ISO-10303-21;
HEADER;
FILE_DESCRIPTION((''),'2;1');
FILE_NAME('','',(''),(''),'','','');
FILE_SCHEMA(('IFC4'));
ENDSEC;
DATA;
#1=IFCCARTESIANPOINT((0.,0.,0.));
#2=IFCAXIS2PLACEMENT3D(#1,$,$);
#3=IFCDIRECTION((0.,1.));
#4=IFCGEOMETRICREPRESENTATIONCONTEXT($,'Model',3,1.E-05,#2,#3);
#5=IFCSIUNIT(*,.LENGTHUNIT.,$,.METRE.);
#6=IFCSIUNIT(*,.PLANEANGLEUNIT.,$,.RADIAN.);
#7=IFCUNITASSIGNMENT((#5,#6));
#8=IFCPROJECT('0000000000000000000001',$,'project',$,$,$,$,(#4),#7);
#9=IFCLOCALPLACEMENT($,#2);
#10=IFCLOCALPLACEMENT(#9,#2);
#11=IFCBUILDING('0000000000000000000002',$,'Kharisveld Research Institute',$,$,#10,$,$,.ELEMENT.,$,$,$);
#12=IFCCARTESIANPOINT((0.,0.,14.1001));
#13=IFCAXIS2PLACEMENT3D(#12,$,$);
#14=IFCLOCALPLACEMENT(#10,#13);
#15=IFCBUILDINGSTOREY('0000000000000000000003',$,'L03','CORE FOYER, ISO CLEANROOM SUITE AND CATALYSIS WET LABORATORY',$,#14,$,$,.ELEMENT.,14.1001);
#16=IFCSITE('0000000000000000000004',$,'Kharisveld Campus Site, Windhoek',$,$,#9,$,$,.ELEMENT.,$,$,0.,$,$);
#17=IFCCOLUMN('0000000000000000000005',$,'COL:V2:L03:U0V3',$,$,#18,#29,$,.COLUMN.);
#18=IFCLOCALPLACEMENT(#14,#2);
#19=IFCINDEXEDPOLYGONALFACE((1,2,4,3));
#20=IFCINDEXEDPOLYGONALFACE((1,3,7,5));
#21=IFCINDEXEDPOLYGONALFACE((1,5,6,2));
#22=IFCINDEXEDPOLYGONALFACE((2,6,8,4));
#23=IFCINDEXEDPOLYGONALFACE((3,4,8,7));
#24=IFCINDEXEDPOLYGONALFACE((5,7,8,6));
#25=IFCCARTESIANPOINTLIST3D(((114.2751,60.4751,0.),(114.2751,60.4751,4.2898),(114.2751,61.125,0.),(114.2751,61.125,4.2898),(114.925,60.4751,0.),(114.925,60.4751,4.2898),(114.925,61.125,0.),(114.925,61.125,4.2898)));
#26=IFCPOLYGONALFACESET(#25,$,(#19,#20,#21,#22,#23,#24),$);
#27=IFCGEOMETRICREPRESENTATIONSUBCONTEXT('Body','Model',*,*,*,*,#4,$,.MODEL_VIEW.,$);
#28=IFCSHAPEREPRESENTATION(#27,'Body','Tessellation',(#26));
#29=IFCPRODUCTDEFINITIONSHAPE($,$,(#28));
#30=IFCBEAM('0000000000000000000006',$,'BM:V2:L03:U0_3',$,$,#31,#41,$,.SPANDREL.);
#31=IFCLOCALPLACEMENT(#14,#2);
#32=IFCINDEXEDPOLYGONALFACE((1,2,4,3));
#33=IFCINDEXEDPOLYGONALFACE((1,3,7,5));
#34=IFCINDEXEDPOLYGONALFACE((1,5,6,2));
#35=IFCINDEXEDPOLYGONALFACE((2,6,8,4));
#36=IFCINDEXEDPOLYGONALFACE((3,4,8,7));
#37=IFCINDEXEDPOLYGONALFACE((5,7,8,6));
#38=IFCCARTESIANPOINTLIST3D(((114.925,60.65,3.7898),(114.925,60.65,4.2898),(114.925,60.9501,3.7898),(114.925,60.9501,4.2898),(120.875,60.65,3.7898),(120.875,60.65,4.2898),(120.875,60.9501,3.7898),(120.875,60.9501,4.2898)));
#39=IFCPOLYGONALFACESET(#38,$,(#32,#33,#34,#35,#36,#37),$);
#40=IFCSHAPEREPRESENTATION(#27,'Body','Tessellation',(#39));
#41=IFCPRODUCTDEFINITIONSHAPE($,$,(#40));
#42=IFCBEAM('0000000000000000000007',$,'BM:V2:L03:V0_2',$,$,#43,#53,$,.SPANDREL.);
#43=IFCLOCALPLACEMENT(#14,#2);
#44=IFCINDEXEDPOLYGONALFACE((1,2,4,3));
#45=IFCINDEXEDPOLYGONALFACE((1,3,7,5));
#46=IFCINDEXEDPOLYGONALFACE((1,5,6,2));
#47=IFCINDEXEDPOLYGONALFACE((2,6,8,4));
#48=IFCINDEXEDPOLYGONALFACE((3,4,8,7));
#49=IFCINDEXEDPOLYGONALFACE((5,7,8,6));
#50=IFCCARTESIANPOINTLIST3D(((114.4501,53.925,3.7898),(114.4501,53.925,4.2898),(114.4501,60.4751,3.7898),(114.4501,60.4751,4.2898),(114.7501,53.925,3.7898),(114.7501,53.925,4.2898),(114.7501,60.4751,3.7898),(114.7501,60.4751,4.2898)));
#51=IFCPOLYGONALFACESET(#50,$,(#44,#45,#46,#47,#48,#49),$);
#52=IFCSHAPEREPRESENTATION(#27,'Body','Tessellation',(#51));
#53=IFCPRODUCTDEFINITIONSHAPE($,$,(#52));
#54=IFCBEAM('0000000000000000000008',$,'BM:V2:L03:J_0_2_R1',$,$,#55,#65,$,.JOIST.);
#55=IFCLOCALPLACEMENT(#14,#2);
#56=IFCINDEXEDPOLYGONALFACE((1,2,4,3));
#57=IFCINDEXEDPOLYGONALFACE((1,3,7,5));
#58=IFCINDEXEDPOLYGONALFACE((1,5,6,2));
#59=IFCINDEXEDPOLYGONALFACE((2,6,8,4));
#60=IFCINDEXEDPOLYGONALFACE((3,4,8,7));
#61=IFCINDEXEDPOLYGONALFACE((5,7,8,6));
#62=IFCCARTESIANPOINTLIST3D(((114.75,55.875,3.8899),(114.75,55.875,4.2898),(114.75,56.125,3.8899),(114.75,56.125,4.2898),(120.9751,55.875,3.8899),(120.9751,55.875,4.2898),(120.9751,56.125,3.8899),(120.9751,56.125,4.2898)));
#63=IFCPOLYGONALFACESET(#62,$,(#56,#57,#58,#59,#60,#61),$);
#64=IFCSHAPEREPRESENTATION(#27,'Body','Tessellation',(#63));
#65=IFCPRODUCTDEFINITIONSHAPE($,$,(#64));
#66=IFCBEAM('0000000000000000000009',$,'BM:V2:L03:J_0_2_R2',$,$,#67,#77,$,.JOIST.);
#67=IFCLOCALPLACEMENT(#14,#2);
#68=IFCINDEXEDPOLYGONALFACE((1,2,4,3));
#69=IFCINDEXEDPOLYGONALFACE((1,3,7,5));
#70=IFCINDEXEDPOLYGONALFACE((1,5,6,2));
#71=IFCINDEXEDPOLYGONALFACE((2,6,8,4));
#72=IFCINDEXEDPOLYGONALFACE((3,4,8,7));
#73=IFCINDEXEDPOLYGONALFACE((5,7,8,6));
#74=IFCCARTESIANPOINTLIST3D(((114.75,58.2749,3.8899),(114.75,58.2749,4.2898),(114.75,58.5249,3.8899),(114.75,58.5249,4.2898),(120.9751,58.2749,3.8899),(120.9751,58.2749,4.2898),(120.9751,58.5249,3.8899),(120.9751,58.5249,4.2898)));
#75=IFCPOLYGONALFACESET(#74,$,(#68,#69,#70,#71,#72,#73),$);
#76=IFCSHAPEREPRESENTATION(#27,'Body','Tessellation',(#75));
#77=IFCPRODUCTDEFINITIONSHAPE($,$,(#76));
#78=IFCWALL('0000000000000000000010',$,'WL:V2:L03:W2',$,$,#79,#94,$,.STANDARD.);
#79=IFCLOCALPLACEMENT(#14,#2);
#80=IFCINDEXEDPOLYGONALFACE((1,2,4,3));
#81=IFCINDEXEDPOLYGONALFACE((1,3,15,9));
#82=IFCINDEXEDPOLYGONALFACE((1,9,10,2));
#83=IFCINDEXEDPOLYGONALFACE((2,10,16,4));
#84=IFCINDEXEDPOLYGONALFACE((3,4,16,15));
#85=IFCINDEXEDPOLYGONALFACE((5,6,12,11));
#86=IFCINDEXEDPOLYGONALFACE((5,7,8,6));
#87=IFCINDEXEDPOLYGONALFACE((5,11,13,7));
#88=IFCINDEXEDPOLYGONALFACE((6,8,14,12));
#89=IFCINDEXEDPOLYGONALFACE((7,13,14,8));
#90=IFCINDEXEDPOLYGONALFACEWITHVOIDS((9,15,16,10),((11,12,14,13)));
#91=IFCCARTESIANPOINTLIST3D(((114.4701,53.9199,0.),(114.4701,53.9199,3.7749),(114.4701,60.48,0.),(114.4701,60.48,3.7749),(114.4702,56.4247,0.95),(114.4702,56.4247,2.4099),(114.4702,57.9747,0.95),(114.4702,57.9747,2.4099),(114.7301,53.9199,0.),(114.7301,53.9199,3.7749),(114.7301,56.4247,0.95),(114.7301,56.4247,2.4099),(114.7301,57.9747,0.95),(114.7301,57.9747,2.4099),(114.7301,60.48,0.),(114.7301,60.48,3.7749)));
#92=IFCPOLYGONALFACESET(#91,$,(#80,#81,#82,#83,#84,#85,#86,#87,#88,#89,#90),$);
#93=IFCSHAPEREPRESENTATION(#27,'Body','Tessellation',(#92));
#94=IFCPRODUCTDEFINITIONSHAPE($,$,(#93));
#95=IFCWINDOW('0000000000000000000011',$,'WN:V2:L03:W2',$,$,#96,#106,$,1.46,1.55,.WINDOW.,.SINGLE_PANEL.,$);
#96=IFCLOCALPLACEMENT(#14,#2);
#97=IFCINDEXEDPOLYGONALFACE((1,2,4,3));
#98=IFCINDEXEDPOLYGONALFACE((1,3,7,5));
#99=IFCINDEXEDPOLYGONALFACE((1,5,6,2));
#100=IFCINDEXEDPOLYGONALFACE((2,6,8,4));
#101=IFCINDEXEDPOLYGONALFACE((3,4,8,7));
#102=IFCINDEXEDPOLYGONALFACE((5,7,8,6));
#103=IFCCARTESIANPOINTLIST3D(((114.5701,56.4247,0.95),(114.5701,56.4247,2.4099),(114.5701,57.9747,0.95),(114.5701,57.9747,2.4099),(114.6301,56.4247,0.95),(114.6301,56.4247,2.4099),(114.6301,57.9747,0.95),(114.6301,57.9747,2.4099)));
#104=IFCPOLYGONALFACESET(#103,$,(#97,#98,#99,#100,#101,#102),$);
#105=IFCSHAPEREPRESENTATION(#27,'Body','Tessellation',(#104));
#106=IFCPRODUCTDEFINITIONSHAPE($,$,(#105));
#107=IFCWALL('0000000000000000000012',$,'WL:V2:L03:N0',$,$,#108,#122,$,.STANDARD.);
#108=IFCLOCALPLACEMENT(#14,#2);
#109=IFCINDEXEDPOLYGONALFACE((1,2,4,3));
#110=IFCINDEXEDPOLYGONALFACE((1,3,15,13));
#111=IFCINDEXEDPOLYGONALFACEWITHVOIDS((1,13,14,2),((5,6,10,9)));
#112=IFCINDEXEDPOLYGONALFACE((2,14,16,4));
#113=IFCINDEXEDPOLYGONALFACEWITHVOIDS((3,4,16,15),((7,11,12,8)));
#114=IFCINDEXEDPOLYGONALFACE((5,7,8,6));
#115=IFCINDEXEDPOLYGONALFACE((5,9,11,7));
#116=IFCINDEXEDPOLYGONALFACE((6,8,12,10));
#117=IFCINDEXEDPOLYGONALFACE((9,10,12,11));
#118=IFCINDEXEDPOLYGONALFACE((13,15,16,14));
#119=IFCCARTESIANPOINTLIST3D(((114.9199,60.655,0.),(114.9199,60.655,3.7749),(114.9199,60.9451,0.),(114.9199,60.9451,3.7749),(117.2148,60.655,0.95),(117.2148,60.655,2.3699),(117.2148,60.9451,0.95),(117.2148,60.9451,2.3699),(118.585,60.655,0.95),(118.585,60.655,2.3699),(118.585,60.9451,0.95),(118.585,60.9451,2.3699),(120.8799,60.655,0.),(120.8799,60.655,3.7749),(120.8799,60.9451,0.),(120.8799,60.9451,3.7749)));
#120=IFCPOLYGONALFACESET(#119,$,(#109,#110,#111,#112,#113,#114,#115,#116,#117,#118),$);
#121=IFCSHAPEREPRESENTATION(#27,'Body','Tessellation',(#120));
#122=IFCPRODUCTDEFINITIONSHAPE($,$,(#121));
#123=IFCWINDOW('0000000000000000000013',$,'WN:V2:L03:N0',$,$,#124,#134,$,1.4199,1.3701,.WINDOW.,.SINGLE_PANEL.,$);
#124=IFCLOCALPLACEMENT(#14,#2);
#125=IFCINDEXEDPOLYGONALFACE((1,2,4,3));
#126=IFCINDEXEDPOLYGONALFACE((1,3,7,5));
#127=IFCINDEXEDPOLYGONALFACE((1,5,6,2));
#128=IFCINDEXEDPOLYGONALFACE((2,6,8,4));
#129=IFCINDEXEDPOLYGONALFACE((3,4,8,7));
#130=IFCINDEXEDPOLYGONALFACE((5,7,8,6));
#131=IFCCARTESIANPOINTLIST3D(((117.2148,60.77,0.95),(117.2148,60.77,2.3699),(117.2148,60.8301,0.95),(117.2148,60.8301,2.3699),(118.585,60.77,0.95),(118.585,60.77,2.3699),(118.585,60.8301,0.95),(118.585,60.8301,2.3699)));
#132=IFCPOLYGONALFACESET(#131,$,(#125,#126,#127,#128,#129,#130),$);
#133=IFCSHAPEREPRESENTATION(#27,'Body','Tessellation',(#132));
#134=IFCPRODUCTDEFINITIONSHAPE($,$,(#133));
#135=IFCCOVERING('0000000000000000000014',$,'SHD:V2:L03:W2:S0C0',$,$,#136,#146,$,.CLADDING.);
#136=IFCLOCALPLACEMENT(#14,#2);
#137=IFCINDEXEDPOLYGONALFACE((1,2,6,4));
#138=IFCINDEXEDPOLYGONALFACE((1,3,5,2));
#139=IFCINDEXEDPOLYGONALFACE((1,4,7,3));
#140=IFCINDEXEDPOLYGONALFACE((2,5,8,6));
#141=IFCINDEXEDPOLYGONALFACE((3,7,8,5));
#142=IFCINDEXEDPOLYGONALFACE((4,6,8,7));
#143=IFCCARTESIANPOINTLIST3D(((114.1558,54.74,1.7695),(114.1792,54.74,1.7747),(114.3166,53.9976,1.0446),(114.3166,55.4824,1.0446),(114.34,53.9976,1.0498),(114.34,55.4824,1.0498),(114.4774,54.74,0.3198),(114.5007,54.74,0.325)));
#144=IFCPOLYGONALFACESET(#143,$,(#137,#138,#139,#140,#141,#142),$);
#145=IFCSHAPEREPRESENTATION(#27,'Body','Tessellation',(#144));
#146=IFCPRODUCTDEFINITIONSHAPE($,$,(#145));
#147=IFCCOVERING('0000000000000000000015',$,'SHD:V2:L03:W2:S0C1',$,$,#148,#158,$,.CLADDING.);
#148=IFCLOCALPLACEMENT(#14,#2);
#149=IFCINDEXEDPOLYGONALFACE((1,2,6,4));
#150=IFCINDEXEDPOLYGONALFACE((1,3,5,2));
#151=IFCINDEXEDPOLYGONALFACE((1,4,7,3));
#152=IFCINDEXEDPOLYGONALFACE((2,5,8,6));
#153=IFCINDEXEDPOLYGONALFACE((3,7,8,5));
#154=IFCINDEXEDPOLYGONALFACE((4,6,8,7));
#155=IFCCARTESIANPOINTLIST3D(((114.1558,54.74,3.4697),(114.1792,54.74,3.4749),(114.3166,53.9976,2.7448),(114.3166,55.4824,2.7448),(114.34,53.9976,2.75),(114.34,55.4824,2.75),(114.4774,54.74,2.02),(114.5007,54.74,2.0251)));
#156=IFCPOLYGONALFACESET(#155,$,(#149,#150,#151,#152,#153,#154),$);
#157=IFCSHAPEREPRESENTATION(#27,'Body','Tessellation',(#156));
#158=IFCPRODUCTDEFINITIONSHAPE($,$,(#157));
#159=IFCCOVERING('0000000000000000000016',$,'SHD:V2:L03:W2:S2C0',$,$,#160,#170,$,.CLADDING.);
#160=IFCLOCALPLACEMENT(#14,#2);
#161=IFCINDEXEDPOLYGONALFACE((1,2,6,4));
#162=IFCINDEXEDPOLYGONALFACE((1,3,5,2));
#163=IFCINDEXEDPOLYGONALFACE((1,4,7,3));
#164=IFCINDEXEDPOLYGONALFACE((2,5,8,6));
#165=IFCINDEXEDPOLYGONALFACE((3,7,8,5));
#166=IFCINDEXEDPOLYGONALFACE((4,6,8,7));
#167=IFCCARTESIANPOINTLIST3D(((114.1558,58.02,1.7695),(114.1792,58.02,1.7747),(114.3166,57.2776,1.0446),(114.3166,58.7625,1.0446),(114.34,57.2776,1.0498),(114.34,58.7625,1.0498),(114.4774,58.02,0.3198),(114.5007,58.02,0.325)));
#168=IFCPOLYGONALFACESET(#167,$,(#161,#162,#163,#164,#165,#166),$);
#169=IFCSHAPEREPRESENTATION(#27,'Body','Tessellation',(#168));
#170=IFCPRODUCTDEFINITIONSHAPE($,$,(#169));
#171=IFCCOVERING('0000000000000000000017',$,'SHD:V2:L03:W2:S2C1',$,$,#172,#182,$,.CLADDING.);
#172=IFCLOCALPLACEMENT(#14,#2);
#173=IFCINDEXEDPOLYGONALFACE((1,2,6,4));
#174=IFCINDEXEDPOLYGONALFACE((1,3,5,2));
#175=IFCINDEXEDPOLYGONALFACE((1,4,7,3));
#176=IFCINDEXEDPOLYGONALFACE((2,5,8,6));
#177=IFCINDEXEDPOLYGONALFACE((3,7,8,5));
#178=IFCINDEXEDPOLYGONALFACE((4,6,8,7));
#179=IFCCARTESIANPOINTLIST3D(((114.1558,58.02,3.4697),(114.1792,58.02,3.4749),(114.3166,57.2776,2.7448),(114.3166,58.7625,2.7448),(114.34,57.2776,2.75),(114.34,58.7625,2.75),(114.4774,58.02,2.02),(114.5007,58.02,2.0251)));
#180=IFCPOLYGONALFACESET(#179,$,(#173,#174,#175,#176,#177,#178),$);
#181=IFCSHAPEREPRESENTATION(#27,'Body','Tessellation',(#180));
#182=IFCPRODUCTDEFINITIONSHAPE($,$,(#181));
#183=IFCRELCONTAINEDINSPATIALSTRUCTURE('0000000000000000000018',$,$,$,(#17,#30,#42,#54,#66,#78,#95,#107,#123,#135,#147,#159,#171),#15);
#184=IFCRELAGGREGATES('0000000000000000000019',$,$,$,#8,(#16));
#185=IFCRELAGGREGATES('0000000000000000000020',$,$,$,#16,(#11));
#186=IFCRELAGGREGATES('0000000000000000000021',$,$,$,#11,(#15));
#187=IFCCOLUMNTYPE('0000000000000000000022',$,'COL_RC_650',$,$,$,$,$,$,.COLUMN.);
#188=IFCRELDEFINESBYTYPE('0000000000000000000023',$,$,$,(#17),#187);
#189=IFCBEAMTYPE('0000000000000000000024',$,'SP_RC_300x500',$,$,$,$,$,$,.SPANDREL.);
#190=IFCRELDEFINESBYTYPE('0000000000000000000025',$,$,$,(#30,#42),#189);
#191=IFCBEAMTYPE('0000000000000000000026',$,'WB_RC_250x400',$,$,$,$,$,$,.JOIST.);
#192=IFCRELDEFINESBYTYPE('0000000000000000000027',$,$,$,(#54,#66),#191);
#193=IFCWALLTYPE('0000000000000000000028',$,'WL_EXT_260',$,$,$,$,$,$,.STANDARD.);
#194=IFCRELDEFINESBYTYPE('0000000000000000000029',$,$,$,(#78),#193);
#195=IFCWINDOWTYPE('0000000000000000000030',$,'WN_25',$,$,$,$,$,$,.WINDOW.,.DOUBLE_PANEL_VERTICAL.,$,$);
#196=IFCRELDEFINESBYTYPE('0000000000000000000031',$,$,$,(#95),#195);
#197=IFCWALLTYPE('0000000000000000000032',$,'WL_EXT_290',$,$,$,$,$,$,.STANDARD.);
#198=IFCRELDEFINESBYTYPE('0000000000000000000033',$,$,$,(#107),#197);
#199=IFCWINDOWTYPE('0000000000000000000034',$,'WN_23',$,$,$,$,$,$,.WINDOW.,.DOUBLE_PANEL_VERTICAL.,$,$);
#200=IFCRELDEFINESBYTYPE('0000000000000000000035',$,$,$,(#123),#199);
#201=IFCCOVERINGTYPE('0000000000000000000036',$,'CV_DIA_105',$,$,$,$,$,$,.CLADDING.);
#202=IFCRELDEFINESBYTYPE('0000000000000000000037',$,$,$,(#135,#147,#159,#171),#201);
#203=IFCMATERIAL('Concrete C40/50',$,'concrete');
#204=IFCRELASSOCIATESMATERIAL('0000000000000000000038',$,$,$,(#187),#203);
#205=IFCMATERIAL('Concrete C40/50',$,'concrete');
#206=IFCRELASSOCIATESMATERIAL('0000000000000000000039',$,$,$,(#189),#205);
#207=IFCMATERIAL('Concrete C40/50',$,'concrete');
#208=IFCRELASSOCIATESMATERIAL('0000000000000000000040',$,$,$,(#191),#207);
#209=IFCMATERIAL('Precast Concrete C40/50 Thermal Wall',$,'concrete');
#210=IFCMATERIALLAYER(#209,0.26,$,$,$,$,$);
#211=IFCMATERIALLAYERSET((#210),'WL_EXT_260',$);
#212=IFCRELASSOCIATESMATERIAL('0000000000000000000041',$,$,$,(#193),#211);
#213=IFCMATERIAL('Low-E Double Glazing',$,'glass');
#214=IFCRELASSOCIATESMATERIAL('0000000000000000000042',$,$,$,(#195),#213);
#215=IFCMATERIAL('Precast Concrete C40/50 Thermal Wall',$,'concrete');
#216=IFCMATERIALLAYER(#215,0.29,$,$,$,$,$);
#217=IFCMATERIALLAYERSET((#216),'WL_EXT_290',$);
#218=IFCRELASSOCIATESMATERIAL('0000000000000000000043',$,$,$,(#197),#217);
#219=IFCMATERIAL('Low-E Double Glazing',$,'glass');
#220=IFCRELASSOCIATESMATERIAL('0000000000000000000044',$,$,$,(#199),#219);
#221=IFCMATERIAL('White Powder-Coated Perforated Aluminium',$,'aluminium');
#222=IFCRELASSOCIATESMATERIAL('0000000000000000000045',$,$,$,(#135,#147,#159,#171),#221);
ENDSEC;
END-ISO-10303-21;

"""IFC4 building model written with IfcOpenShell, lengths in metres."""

from ifc_helpers import new_model, si_unit, direction, frame, frame_2d, origin, origin_2d, place, context, subcontext, project, spatial, polyline, rectangle, outline, extrude, material, layer, layer_set, material_profile, profile_set, type_object, element, fill, save


model = new_model("IFC4")

# Units and contexts
model_context = context("Model", 3, precision=1e-05, world=origin(), true_north=direction((0.0, 1.0)))
body_context = subcontext(model_context, "Body", "Model", "MODEL_VIEW")
ifc_project = project(units=[si_unit("LENGTHUNIT", "METRE"), si_unit("PLANEANGLEUNIT", "RADIAN")], contexts=[model_context])

# Site, building, storey
site_placement = place(None, origin())
site = spatial("IfcSite", under=ifc_project, at=site_placement, Name="Kharisveld Campus Site, Windhoek", CompositionType="ELEMENT", RefElevation=0.0)
building_placement = place(site_placement, origin())
building = spatial("IfcBuilding", under=site, at=building_placement, Name="Kharisveld Research Institute", CompositionType="ELEMENT")
storey_placement = place(building_placement, frame((0.0, 0.0, 14.1001)))
storey = spatial("IfcBuildingStorey", under=building, at=storey_placement, Name="L03", Description="CORE FOYER, ISO CLEANROOM SUITE AND CATALYSIS WET LABORATORY", CompositionType="ELEMENT", Elevation=14.1001)

# Column
ifc_material_1 = material(Name="Concrete C40/50", Category="concrete")
ifc_material_profile_1 = material_profile(ifc_material_1, rectangle(XDim=0.6499, YDim=0.6499, at=origin_2d()))
ifc_profile_set_1 = profile_set([ifc_material_profile_1], Name="Concrete C40/50")
column_type = type_object("IfcColumnType", Name="COL_RC_650", PredefinedType="COLUMN", material=ifc_profile_set_1)
column_placement = place(storey_placement, frame((114.6001, 60.8, 0.0), z_axis=(0.0, 0.0, 1.0), x_axis=(1.0, 0.0, 0.0)))
element("IfcColumn", 1, at=column_placement, inside=storey, type_object=column_type, Name="COL:V2:L03:U0V3", PredefinedType="COLUMN", context=body_context, shape_type="SweptSolid", body=[
    extrude(rectangle(XDim=0.6499, YDim=0.6499, at=origin_2d()), origin(), (0.0, 0.0, 1.0), 4.2898),
])

# Beams
ifc_material_2 = material(Name="Concrete C40/50", Category="concrete")
ifc_material_profile_2 = material_profile(ifc_material_2, rectangle(XDim=0.3, YDim=0.5, at=origin_2d()))
ifc_profile_set_2 = profile_set([ifc_material_profile_2], Name="Concrete C40/50")
beam_type_1 = type_object("IfcBeamType", Name="SP_RC_300x500", PredefinedType="SPANDREL", material=ifc_profile_set_2)
beam_1_placement = place(storey_placement, frame((114.925, 60.8, 4.0398), z_axis=(1.0, 0.0, 0.0), x_axis=(0.0, 1.0, 0.0)))
element("IfcBeam", 2, at=beam_1_placement, inside=storey, type_object=beam_type_1, Name="BM:V2:L03:U0_3", PredefinedType="SPANDREL", context=body_context, shape_type="SweptSolid", body=[
    extrude(rectangle(XDim=0.3, YDim=0.5, at=origin_2d()), origin(), (0.0, 0.0, 1.0), 5.95),
])
beam_2_placement = place(storey_placement, frame((114.6001, 53.925, 4.0398), z_axis=(0.0, 1.0, 0.0), x_axis=(-1.0, 0.0, 0.0)))
element("IfcBeam", 3, at=beam_2_placement, inside=storey, type_object=beam_type_1, Name="BM:V2:L03:V0_2", PredefinedType="SPANDREL", context=body_context, shape_type="SweptSolid", body=[
    extrude(rectangle(XDim=0.3, YDim=0.5, at=origin_2d()), origin(), (0.0, 0.0, 1.0), 6.55),
])
ifc_material_3 = material(Name="Concrete C40/50", Category="concrete")
ifc_material_profile_3 = material_profile(ifc_material_3, rectangle(XDim=0.25, YDim=0.3999, at=origin_2d()))
ifc_profile_set_3 = profile_set([ifc_material_profile_3], Name="Concrete C40/50")
beam_type_2 = type_object("IfcBeamType", Name="WB_RC_250x400", PredefinedType="JOIST", material=ifc_profile_set_3)
for number, where, z_axis, x_axis, name in (
    (4, (114.75, 56.0, 4.0898), (1.0, 0.0, 0.0), (0.0, 1.0, 0.0), "BM:V2:L03:J_0_2_R1"),
    (5, (114.75, 58.3999, 4.0898), (1.0, 0.0, 0.0), (0.0, 1.0, 0.0), "BM:V2:L03:J_0_2_R2"),
):
    element("IfcBeam", number, at=place(storey_placement, frame(where, z_axis=z_axis, x_axis=x_axis)), inside=storey, type_object=beam_type_2, Name=name, PredefinedType="JOIST", context=body_context, shape_type="SweptSolid", body=[
        extrude(rectangle(XDim=0.25, YDim=0.3999, at=origin_2d()), origin(), (0.0, 0.0, 1.0), 6.2251),
    ])

# Walls, openings, windows
ifc_material_4 = material(Name="Precast Concrete C40/50 Thermal Wall", Category="concrete")
ifc_layer_1 = layer(ifc_material_4, 0.26)
ifc_layer_set_1 = layer_set([ifc_layer_1], Name="WL_EXT_260")
wall_type_1 = type_object("IfcWallType", Name="WL_EXT_260", PredefinedType="STANDARD", material=ifc_layer_set_1)
wall_1_placement = place(storey_placement, frame((114.6001, 53.9199, 0.0), z_axis=(0.0, 0.0, 1.0), x_axis=(0.0, 1.0, 0.0)))
wall_1 = element("IfcWall", 6, at=wall_1_placement, inside=storey, type_object=wall_type_1, Name="WL:V2:L03:W2", PredefinedType="STANDARD", context=body_context, shape_type="SweptSolid", body=[
    extrude(rectangle(XDim=6.5601, YDim=0.26, at=frame_2d((3.28, 0.0))), origin(), (0.0, 0.0, 1.0), 3.7749),
])
opening_1_placement = place(wall_1_placement, frame((2.5049, 0.0, 0.95)))
opening_1 = element("IfcOpeningElement", 7, at=opening_1_placement, cuts=wall_1, PredefinedType="OPENING", context=body_context, shape_type="SweptSolid", body=[
    extrude(rectangle(XDim=1.55, YDim=1.46, at=frame_2d((0.7749, 0.73))), frame((0.0, 0.1299, 0.0), z_axis=(0.0, -1.0, 0.0), x_axis=(1.0, 0.0, 0.0)), (0.0, 0.0, 1.0), 0.26),
])
ifc_material_5 = material(Name="Low-E Double Glazing", Category="glass")
window_type_1 = type_object("IfcWindowType", Name="WN_25", PartitioningType="DOUBLE_PANEL_VERTICAL", PredefinedType="WINDOW", material=ifc_material_5)
window_1_placement = place(opening_1_placement, origin())
window_1 = element("IfcWindow", 8, at=window_1_placement, inside=storey, type_object=window_type_1, Name="WN:V2:L03:W2", OverallHeight=1.46, OverallWidth=1.55, PartitioningType="SINGLE_PANEL", PredefinedType="WINDOW", context=body_context, shape_type="SweptSolid", body=[
    extrude(rectangle(XDim=1.55, YDim=1.46, at=frame_2d((0.7749, 0.73))), frame((0.0, 0.03, 0.0), z_axis=(0.0, -1.0, 0.0), x_axis=(1.0, 0.0, 0.0)), (0.0, 0.0, 1.0), 0.0601),
])
fill(opening_1, window_1)
ifc_material_6 = material(Name="Precast Concrete C40/50 Thermal Wall", Category="concrete")
ifc_layer_2 = layer(ifc_material_6, 0.29)
ifc_layer_set_2 = layer_set([ifc_layer_2], Name="WL_EXT_290")
wall_type_2 = type_object("IfcWallType", Name="WL_EXT_290", PredefinedType="STANDARD", material=ifc_layer_set_2)
wall_2_placement = place(storey_placement, frame((114.9199, 60.8, 0.0), z_axis=(0.0, 0.0, 1.0), x_axis=(1.0, 0.0, 0.0)))
wall_2 = element("IfcWall", 9, at=wall_2_placement, inside=storey, type_object=wall_type_2, Name="WL:V2:L03:N0", PredefinedType="STANDARD", context=body_context, shape_type="SweptSolid", body=[
    extrude(rectangle(XDim=5.96, YDim=0.29, at=frame_2d((2.98, 0.0))), origin(), (0.0, 0.0, 1.0), 3.7749),
])
opening_2_placement = place(wall_2_placement, frame((2.2949, 0.0, 0.95)))
opening_2 = element("IfcOpeningElement", 10, at=opening_2_placement, cuts=wall_2, PredefinedType="OPENING", context=body_context, shape_type="SweptSolid", body=[
    extrude(rectangle(XDim=1.3701, YDim=1.4199, at=frame_2d((0.6851, 0.71))), frame((0.0, 0.145, 0.0), z_axis=(0.0, -1.0, 0.0), x_axis=(1.0, 0.0, 0.0)), (0.0, 0.0, 1.0), 0.29),
])
ifc_material_7 = material(Name="Low-E Double Glazing", Category="glass")
window_type_2 = type_object("IfcWindowType", Name="WN_23", PartitioningType="DOUBLE_PANEL_VERTICAL", PredefinedType="WINDOW", material=ifc_material_7)
window_2_placement = place(opening_2_placement, origin())
window_2 = element("IfcWindow", 11, at=window_2_placement, inside=storey, type_object=window_type_2, Name="WN:V2:L03:N0", OverallHeight=1.4199, OverallWidth=1.3701, PartitioningType="SINGLE_PANEL", PredefinedType="WINDOW", context=body_context, shape_type="SweptSolid", body=[
    extrude(rectangle(XDim=1.3701, YDim=1.4199, at=frame_2d((0.6851, 0.71))), frame((0.0, 0.03, 0.0), z_axis=(0.0, -1.0, 0.0), x_axis=(1.0, 0.0, 0.0)), (0.0, 0.0, 1.0), 0.0601),
])
fill(opening_2, window_2)

# Coverings
ifc_material_8 = material(Name="White Powder-Coated Perforated Aluminium", Category="aluminium")
covering_type = type_object("IfcCoveringType", Name="CV_DIA_105", PredefinedType="CLADDING")
for number, where, z_axis, x_axis, name in (
    (12, (114.5007, 54.74, 0.325), (0.976276, 0.0, 0.21653), (-0.153111, 0.707102, 0.690336), "SHD:V2:L03:W2:S0C0"),
    (13, (114.5007, 54.74, 2.0251), (0.976276, 0.0, 0.21653), (-0.153111, 0.707102, 0.690336), "SHD:V2:L03:W2:S0C1"),
    (14, (114.5007, 58.02, 0.325), (0.976276, 0.0, 0.21653), (-0.153111, 0.707102, 0.690336), "SHD:V2:L03:W2:S2C0"),
    (15, (114.5007, 58.02, 2.0251), (0.976276, 0.0, 0.21653), (-0.153111, 0.707102, 0.690336), "SHD:V2:L03:W2:S2C1"),
):
    element("IfcCovering", number, at=place(storey_placement, frame(where, z_axis=z_axis, x_axis=x_axis)), inside=storey, type_object=covering_type, material=ifc_material_8, Name=name, PredefinedType="CLADDING", context=body_context, shape_type="SweptSolid", body=[
        extrude(outline(polyline([(0.0, 0.0), (1.05, 0.0), (1.05, 1.05), (0.0, 1.05), (0.0, 0.0)])), origin(), (0.0, 0.0, -1.0), 0.0239),
    ])

save(model, "model.ifc")
